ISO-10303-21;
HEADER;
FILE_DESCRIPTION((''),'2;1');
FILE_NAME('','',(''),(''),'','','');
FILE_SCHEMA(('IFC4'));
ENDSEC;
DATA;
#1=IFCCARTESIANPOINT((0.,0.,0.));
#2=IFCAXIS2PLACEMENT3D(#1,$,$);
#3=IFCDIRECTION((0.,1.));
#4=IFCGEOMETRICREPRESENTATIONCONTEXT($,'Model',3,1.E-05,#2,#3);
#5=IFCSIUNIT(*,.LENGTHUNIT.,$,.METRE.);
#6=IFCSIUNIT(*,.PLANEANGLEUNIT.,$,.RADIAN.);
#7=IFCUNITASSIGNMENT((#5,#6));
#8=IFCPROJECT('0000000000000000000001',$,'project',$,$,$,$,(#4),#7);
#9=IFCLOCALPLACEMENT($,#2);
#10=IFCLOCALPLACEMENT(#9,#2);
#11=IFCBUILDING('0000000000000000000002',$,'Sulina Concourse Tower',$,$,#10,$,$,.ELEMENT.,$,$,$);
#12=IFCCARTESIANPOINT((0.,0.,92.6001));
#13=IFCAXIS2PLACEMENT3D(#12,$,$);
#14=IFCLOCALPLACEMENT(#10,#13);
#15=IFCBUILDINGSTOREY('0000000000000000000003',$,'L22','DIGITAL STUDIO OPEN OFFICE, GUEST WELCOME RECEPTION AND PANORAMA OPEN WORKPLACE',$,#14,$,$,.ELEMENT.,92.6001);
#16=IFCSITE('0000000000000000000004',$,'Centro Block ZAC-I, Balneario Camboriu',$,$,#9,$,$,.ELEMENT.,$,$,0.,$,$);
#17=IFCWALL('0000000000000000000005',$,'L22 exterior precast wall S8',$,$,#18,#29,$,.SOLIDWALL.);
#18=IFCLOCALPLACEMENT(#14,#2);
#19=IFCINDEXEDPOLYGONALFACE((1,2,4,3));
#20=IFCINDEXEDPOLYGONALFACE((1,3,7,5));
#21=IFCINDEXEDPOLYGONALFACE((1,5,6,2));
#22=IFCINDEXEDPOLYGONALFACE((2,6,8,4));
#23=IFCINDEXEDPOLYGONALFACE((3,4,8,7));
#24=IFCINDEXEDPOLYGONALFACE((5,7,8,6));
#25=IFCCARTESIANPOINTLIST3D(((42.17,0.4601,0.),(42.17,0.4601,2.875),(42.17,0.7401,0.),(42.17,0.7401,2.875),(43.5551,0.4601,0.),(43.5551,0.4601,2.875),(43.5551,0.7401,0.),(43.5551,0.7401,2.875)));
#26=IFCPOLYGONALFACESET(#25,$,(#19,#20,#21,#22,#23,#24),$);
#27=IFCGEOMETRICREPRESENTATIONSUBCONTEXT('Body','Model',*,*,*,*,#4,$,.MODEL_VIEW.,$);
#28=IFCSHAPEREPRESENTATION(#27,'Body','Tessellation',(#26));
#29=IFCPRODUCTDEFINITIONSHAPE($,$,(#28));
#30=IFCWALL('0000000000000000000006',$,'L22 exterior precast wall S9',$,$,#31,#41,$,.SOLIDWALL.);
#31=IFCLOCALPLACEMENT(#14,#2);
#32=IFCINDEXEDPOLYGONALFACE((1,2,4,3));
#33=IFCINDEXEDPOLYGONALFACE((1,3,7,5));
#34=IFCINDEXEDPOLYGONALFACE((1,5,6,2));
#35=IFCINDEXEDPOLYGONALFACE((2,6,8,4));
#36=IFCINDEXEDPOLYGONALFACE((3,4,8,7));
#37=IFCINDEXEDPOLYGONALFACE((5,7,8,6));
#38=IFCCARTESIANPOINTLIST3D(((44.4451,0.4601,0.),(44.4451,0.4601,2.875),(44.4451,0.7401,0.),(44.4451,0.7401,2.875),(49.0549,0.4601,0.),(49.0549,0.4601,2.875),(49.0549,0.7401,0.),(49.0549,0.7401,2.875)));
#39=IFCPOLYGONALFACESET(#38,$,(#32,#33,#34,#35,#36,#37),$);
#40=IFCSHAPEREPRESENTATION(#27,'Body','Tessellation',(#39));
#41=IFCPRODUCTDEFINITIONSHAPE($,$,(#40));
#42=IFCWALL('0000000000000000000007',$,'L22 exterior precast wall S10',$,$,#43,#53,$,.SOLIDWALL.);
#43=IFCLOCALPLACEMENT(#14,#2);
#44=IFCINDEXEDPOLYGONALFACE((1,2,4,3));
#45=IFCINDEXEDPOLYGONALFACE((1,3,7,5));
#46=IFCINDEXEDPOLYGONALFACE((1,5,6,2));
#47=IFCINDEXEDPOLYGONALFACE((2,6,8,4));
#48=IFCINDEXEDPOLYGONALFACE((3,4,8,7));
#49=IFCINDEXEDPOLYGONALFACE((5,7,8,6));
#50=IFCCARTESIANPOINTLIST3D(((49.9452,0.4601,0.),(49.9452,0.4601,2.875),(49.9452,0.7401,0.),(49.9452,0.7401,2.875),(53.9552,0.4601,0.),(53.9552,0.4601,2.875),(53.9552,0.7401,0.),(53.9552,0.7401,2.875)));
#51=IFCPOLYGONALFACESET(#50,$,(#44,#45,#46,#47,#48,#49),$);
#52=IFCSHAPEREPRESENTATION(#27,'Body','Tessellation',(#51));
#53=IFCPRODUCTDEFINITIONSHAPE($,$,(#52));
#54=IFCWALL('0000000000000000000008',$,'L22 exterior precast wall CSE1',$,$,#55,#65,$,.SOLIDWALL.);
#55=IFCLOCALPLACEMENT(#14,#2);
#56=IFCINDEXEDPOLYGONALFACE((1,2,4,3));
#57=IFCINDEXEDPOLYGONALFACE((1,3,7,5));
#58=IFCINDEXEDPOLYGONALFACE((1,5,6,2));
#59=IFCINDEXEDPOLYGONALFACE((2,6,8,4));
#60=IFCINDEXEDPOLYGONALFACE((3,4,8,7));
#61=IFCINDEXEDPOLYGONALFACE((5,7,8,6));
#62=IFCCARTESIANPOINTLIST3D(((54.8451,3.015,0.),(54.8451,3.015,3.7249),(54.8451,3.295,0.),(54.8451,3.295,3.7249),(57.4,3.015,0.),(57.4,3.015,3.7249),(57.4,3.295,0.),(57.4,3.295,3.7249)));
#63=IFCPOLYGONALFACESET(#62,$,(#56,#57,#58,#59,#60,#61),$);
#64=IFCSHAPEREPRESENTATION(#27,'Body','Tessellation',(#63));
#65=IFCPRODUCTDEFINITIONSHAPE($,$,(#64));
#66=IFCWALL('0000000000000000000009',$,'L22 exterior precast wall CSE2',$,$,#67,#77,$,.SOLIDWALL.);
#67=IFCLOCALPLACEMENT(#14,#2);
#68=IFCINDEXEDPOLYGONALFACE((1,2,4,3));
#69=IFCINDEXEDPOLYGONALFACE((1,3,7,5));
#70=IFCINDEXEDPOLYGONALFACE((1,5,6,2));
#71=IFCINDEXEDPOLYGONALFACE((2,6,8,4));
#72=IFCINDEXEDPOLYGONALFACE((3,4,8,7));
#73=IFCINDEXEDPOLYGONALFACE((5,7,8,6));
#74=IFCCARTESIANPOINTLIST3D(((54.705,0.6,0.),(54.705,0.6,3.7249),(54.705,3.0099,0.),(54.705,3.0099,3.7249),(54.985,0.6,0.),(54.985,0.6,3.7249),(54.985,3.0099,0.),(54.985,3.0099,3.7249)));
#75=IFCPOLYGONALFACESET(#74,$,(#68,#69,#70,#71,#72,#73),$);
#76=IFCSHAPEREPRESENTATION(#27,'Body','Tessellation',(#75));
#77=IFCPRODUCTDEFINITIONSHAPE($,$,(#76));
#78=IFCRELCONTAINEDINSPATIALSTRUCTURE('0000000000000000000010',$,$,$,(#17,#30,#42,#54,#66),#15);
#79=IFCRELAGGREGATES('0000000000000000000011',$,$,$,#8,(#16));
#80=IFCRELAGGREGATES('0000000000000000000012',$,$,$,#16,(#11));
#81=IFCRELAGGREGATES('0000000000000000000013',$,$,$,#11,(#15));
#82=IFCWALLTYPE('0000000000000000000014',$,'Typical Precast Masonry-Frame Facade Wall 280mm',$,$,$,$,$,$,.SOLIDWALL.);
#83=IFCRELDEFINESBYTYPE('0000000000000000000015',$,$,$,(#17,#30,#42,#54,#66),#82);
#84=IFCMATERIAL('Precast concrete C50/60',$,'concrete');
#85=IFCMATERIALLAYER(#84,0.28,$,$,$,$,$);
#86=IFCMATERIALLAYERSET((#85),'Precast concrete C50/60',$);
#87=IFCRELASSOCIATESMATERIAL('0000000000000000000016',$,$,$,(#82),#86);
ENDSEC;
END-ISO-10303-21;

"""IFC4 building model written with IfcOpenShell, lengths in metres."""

from ifc_helpers import new_model, si_unit, direction, frame, frame_2d, origin, place, context, subcontext, project, spatial, rectangle, extrude, material, layer, layer_set, type_object, element, save


model = new_model("IFC4")

# Units and contexts
model_context = context("Model", 3, precision=1e-05, world=origin(), true_north=direction((0.0, 1.0)))
body_context = subcontext(model_context, "Body", "Model", "MODEL_VIEW")
ifc_project = project(units=[si_unit("LENGTHUNIT", "METRE"), si_unit("PLANEANGLEUNIT", "RADIAN")], contexts=[model_context])

# Site, building, storey
site_placement = place(None, origin())
site = spatial("IfcSite", under=ifc_project, at=site_placement, Name="Centro Block ZAC-I, Balneario Camboriu", CompositionType="ELEMENT", RefElevation=0.0)
building_placement = place(site_placement, origin())
building = spatial("IfcBuilding", under=site, at=building_placement, Name="Sulina Concourse Tower", CompositionType="ELEMENT")
storey_placement = place(building_placement, frame((0.0, 0.0, 92.6001)))
storey = spatial("IfcBuildingStorey", under=building, at=storey_placement, Name="L22", Description="DIGITAL STUDIO OPEN OFFICE, GUEST WELCOME RECEPTION AND PANORAMA OPEN WORKPLACE", CompositionType="ELEMENT", Elevation=92.6001)

# Walls
ifc_material_1 = material(Name="Precast concrete C50/60", Category="concrete")
ifc_layer_1 = layer(ifc_material_1, 0.28)
ifc_layer_set_1 = layer_set([ifc_layer_1], Name="Precast concrete C50/60")
wall_type_1 = type_object("IfcWallType", Name="Typical Precast Masonry-Frame Facade Wall 280mm", PredefinedType="SOLIDWALL", material=ifc_layer_set_1)
wall_1_placement = place(storey_placement, frame((43.5549, 0.6001, 0.0), z_axis=(0.0, 0.0, 1.0), x_axis=(-1.0, 0.0, 0.0)))
element("IfcWall", 1, at=wall_1_placement, inside=storey, type_object=wall_type_1, Name="L22 exterior precast wall S8", PredefinedType="SOLIDWALL", context=body_context, shape_type="SweptSolid", body=[
    extrude(rectangle(XDim=1.385, YDim=0.28, at=frame_2d((0.6924, 0.0))), origin(), (0.0, 0.0, 1.0), 2.875),
])
wall_2_placement = place(storey_placement, frame((49.0549, 0.6001, 0.0), z_axis=(0.0, 0.0, 1.0), x_axis=(-1.0, 0.0, 0.0)))
element("IfcWall", 2, at=wall_2_placement, inside=storey, type_object=wall_type_1, Name="L22 exterior precast wall S9", PredefinedType="SOLIDWALL", context=body_context, shape_type="SweptSolid", body=[
    extrude(rectangle(XDim=4.6099, YDim=0.28, at=frame_2d((2.3049, 0.0))), origin(), (0.0, 0.0, 1.0), 2.875),
])
wall_3_placement = place(storey_placement, frame((53.9551, 0.6001, 0.0), z_axis=(0.0, 0.0, 1.0), x_axis=(-1.0, 0.0, 0.0)))
element("IfcWall", 3, at=wall_3_placement, inside=storey, type_object=wall_type_1, Name="L22 exterior precast wall S10", PredefinedType="SOLIDWALL", context=body_context, shape_type="SweptSolid", body=[
    extrude(rectangle(XDim=4.01, YDim=0.28, at=frame_2d((2.0049, 0.0))), origin(), (0.0, 0.0, 1.0), 2.875),
])
wall_4_placement = place(storey_placement, frame((57.3999, 3.155, 0.0), z_axis=(0.0, 0.0, 1.0), x_axis=(-1.0, 0.0, 0.0)))
element("IfcWall", 4, at=wall_4_placement, inside=storey, type_object=wall_type_1, Name="L22 exterior precast wall CSE1", PredefinedType="SOLIDWALL", context=body_context, shape_type="SweptSolid", body=[
    extrude(rectangle(XDim=2.5549, YDim=0.28, at=frame_2d((1.2773, 0.0))), origin(), (0.0, 0.0, 1.0), 3.7249),
])
wall_5_placement = place(storey_placement, frame((54.845, 3.01, 0.0), z_axis=(0.0, 0.0, 1.0), x_axis=(0.0, -1.0, 0.0)))
element("IfcWall", 5, at=wall_5_placement, inside=storey, type_object=wall_type_1, Name="L22 exterior precast wall CSE2", PredefinedType="SOLIDWALL", context=body_context, shape_type="SweptSolid", body=[
    extrude(rectangle(XDim=2.4099, YDim=0.28, at=frame_2d((1.2051, 0.0))), origin(), (0.0, 0.0, 1.0), 3.7249),
])

save(model, "model.ifc")
